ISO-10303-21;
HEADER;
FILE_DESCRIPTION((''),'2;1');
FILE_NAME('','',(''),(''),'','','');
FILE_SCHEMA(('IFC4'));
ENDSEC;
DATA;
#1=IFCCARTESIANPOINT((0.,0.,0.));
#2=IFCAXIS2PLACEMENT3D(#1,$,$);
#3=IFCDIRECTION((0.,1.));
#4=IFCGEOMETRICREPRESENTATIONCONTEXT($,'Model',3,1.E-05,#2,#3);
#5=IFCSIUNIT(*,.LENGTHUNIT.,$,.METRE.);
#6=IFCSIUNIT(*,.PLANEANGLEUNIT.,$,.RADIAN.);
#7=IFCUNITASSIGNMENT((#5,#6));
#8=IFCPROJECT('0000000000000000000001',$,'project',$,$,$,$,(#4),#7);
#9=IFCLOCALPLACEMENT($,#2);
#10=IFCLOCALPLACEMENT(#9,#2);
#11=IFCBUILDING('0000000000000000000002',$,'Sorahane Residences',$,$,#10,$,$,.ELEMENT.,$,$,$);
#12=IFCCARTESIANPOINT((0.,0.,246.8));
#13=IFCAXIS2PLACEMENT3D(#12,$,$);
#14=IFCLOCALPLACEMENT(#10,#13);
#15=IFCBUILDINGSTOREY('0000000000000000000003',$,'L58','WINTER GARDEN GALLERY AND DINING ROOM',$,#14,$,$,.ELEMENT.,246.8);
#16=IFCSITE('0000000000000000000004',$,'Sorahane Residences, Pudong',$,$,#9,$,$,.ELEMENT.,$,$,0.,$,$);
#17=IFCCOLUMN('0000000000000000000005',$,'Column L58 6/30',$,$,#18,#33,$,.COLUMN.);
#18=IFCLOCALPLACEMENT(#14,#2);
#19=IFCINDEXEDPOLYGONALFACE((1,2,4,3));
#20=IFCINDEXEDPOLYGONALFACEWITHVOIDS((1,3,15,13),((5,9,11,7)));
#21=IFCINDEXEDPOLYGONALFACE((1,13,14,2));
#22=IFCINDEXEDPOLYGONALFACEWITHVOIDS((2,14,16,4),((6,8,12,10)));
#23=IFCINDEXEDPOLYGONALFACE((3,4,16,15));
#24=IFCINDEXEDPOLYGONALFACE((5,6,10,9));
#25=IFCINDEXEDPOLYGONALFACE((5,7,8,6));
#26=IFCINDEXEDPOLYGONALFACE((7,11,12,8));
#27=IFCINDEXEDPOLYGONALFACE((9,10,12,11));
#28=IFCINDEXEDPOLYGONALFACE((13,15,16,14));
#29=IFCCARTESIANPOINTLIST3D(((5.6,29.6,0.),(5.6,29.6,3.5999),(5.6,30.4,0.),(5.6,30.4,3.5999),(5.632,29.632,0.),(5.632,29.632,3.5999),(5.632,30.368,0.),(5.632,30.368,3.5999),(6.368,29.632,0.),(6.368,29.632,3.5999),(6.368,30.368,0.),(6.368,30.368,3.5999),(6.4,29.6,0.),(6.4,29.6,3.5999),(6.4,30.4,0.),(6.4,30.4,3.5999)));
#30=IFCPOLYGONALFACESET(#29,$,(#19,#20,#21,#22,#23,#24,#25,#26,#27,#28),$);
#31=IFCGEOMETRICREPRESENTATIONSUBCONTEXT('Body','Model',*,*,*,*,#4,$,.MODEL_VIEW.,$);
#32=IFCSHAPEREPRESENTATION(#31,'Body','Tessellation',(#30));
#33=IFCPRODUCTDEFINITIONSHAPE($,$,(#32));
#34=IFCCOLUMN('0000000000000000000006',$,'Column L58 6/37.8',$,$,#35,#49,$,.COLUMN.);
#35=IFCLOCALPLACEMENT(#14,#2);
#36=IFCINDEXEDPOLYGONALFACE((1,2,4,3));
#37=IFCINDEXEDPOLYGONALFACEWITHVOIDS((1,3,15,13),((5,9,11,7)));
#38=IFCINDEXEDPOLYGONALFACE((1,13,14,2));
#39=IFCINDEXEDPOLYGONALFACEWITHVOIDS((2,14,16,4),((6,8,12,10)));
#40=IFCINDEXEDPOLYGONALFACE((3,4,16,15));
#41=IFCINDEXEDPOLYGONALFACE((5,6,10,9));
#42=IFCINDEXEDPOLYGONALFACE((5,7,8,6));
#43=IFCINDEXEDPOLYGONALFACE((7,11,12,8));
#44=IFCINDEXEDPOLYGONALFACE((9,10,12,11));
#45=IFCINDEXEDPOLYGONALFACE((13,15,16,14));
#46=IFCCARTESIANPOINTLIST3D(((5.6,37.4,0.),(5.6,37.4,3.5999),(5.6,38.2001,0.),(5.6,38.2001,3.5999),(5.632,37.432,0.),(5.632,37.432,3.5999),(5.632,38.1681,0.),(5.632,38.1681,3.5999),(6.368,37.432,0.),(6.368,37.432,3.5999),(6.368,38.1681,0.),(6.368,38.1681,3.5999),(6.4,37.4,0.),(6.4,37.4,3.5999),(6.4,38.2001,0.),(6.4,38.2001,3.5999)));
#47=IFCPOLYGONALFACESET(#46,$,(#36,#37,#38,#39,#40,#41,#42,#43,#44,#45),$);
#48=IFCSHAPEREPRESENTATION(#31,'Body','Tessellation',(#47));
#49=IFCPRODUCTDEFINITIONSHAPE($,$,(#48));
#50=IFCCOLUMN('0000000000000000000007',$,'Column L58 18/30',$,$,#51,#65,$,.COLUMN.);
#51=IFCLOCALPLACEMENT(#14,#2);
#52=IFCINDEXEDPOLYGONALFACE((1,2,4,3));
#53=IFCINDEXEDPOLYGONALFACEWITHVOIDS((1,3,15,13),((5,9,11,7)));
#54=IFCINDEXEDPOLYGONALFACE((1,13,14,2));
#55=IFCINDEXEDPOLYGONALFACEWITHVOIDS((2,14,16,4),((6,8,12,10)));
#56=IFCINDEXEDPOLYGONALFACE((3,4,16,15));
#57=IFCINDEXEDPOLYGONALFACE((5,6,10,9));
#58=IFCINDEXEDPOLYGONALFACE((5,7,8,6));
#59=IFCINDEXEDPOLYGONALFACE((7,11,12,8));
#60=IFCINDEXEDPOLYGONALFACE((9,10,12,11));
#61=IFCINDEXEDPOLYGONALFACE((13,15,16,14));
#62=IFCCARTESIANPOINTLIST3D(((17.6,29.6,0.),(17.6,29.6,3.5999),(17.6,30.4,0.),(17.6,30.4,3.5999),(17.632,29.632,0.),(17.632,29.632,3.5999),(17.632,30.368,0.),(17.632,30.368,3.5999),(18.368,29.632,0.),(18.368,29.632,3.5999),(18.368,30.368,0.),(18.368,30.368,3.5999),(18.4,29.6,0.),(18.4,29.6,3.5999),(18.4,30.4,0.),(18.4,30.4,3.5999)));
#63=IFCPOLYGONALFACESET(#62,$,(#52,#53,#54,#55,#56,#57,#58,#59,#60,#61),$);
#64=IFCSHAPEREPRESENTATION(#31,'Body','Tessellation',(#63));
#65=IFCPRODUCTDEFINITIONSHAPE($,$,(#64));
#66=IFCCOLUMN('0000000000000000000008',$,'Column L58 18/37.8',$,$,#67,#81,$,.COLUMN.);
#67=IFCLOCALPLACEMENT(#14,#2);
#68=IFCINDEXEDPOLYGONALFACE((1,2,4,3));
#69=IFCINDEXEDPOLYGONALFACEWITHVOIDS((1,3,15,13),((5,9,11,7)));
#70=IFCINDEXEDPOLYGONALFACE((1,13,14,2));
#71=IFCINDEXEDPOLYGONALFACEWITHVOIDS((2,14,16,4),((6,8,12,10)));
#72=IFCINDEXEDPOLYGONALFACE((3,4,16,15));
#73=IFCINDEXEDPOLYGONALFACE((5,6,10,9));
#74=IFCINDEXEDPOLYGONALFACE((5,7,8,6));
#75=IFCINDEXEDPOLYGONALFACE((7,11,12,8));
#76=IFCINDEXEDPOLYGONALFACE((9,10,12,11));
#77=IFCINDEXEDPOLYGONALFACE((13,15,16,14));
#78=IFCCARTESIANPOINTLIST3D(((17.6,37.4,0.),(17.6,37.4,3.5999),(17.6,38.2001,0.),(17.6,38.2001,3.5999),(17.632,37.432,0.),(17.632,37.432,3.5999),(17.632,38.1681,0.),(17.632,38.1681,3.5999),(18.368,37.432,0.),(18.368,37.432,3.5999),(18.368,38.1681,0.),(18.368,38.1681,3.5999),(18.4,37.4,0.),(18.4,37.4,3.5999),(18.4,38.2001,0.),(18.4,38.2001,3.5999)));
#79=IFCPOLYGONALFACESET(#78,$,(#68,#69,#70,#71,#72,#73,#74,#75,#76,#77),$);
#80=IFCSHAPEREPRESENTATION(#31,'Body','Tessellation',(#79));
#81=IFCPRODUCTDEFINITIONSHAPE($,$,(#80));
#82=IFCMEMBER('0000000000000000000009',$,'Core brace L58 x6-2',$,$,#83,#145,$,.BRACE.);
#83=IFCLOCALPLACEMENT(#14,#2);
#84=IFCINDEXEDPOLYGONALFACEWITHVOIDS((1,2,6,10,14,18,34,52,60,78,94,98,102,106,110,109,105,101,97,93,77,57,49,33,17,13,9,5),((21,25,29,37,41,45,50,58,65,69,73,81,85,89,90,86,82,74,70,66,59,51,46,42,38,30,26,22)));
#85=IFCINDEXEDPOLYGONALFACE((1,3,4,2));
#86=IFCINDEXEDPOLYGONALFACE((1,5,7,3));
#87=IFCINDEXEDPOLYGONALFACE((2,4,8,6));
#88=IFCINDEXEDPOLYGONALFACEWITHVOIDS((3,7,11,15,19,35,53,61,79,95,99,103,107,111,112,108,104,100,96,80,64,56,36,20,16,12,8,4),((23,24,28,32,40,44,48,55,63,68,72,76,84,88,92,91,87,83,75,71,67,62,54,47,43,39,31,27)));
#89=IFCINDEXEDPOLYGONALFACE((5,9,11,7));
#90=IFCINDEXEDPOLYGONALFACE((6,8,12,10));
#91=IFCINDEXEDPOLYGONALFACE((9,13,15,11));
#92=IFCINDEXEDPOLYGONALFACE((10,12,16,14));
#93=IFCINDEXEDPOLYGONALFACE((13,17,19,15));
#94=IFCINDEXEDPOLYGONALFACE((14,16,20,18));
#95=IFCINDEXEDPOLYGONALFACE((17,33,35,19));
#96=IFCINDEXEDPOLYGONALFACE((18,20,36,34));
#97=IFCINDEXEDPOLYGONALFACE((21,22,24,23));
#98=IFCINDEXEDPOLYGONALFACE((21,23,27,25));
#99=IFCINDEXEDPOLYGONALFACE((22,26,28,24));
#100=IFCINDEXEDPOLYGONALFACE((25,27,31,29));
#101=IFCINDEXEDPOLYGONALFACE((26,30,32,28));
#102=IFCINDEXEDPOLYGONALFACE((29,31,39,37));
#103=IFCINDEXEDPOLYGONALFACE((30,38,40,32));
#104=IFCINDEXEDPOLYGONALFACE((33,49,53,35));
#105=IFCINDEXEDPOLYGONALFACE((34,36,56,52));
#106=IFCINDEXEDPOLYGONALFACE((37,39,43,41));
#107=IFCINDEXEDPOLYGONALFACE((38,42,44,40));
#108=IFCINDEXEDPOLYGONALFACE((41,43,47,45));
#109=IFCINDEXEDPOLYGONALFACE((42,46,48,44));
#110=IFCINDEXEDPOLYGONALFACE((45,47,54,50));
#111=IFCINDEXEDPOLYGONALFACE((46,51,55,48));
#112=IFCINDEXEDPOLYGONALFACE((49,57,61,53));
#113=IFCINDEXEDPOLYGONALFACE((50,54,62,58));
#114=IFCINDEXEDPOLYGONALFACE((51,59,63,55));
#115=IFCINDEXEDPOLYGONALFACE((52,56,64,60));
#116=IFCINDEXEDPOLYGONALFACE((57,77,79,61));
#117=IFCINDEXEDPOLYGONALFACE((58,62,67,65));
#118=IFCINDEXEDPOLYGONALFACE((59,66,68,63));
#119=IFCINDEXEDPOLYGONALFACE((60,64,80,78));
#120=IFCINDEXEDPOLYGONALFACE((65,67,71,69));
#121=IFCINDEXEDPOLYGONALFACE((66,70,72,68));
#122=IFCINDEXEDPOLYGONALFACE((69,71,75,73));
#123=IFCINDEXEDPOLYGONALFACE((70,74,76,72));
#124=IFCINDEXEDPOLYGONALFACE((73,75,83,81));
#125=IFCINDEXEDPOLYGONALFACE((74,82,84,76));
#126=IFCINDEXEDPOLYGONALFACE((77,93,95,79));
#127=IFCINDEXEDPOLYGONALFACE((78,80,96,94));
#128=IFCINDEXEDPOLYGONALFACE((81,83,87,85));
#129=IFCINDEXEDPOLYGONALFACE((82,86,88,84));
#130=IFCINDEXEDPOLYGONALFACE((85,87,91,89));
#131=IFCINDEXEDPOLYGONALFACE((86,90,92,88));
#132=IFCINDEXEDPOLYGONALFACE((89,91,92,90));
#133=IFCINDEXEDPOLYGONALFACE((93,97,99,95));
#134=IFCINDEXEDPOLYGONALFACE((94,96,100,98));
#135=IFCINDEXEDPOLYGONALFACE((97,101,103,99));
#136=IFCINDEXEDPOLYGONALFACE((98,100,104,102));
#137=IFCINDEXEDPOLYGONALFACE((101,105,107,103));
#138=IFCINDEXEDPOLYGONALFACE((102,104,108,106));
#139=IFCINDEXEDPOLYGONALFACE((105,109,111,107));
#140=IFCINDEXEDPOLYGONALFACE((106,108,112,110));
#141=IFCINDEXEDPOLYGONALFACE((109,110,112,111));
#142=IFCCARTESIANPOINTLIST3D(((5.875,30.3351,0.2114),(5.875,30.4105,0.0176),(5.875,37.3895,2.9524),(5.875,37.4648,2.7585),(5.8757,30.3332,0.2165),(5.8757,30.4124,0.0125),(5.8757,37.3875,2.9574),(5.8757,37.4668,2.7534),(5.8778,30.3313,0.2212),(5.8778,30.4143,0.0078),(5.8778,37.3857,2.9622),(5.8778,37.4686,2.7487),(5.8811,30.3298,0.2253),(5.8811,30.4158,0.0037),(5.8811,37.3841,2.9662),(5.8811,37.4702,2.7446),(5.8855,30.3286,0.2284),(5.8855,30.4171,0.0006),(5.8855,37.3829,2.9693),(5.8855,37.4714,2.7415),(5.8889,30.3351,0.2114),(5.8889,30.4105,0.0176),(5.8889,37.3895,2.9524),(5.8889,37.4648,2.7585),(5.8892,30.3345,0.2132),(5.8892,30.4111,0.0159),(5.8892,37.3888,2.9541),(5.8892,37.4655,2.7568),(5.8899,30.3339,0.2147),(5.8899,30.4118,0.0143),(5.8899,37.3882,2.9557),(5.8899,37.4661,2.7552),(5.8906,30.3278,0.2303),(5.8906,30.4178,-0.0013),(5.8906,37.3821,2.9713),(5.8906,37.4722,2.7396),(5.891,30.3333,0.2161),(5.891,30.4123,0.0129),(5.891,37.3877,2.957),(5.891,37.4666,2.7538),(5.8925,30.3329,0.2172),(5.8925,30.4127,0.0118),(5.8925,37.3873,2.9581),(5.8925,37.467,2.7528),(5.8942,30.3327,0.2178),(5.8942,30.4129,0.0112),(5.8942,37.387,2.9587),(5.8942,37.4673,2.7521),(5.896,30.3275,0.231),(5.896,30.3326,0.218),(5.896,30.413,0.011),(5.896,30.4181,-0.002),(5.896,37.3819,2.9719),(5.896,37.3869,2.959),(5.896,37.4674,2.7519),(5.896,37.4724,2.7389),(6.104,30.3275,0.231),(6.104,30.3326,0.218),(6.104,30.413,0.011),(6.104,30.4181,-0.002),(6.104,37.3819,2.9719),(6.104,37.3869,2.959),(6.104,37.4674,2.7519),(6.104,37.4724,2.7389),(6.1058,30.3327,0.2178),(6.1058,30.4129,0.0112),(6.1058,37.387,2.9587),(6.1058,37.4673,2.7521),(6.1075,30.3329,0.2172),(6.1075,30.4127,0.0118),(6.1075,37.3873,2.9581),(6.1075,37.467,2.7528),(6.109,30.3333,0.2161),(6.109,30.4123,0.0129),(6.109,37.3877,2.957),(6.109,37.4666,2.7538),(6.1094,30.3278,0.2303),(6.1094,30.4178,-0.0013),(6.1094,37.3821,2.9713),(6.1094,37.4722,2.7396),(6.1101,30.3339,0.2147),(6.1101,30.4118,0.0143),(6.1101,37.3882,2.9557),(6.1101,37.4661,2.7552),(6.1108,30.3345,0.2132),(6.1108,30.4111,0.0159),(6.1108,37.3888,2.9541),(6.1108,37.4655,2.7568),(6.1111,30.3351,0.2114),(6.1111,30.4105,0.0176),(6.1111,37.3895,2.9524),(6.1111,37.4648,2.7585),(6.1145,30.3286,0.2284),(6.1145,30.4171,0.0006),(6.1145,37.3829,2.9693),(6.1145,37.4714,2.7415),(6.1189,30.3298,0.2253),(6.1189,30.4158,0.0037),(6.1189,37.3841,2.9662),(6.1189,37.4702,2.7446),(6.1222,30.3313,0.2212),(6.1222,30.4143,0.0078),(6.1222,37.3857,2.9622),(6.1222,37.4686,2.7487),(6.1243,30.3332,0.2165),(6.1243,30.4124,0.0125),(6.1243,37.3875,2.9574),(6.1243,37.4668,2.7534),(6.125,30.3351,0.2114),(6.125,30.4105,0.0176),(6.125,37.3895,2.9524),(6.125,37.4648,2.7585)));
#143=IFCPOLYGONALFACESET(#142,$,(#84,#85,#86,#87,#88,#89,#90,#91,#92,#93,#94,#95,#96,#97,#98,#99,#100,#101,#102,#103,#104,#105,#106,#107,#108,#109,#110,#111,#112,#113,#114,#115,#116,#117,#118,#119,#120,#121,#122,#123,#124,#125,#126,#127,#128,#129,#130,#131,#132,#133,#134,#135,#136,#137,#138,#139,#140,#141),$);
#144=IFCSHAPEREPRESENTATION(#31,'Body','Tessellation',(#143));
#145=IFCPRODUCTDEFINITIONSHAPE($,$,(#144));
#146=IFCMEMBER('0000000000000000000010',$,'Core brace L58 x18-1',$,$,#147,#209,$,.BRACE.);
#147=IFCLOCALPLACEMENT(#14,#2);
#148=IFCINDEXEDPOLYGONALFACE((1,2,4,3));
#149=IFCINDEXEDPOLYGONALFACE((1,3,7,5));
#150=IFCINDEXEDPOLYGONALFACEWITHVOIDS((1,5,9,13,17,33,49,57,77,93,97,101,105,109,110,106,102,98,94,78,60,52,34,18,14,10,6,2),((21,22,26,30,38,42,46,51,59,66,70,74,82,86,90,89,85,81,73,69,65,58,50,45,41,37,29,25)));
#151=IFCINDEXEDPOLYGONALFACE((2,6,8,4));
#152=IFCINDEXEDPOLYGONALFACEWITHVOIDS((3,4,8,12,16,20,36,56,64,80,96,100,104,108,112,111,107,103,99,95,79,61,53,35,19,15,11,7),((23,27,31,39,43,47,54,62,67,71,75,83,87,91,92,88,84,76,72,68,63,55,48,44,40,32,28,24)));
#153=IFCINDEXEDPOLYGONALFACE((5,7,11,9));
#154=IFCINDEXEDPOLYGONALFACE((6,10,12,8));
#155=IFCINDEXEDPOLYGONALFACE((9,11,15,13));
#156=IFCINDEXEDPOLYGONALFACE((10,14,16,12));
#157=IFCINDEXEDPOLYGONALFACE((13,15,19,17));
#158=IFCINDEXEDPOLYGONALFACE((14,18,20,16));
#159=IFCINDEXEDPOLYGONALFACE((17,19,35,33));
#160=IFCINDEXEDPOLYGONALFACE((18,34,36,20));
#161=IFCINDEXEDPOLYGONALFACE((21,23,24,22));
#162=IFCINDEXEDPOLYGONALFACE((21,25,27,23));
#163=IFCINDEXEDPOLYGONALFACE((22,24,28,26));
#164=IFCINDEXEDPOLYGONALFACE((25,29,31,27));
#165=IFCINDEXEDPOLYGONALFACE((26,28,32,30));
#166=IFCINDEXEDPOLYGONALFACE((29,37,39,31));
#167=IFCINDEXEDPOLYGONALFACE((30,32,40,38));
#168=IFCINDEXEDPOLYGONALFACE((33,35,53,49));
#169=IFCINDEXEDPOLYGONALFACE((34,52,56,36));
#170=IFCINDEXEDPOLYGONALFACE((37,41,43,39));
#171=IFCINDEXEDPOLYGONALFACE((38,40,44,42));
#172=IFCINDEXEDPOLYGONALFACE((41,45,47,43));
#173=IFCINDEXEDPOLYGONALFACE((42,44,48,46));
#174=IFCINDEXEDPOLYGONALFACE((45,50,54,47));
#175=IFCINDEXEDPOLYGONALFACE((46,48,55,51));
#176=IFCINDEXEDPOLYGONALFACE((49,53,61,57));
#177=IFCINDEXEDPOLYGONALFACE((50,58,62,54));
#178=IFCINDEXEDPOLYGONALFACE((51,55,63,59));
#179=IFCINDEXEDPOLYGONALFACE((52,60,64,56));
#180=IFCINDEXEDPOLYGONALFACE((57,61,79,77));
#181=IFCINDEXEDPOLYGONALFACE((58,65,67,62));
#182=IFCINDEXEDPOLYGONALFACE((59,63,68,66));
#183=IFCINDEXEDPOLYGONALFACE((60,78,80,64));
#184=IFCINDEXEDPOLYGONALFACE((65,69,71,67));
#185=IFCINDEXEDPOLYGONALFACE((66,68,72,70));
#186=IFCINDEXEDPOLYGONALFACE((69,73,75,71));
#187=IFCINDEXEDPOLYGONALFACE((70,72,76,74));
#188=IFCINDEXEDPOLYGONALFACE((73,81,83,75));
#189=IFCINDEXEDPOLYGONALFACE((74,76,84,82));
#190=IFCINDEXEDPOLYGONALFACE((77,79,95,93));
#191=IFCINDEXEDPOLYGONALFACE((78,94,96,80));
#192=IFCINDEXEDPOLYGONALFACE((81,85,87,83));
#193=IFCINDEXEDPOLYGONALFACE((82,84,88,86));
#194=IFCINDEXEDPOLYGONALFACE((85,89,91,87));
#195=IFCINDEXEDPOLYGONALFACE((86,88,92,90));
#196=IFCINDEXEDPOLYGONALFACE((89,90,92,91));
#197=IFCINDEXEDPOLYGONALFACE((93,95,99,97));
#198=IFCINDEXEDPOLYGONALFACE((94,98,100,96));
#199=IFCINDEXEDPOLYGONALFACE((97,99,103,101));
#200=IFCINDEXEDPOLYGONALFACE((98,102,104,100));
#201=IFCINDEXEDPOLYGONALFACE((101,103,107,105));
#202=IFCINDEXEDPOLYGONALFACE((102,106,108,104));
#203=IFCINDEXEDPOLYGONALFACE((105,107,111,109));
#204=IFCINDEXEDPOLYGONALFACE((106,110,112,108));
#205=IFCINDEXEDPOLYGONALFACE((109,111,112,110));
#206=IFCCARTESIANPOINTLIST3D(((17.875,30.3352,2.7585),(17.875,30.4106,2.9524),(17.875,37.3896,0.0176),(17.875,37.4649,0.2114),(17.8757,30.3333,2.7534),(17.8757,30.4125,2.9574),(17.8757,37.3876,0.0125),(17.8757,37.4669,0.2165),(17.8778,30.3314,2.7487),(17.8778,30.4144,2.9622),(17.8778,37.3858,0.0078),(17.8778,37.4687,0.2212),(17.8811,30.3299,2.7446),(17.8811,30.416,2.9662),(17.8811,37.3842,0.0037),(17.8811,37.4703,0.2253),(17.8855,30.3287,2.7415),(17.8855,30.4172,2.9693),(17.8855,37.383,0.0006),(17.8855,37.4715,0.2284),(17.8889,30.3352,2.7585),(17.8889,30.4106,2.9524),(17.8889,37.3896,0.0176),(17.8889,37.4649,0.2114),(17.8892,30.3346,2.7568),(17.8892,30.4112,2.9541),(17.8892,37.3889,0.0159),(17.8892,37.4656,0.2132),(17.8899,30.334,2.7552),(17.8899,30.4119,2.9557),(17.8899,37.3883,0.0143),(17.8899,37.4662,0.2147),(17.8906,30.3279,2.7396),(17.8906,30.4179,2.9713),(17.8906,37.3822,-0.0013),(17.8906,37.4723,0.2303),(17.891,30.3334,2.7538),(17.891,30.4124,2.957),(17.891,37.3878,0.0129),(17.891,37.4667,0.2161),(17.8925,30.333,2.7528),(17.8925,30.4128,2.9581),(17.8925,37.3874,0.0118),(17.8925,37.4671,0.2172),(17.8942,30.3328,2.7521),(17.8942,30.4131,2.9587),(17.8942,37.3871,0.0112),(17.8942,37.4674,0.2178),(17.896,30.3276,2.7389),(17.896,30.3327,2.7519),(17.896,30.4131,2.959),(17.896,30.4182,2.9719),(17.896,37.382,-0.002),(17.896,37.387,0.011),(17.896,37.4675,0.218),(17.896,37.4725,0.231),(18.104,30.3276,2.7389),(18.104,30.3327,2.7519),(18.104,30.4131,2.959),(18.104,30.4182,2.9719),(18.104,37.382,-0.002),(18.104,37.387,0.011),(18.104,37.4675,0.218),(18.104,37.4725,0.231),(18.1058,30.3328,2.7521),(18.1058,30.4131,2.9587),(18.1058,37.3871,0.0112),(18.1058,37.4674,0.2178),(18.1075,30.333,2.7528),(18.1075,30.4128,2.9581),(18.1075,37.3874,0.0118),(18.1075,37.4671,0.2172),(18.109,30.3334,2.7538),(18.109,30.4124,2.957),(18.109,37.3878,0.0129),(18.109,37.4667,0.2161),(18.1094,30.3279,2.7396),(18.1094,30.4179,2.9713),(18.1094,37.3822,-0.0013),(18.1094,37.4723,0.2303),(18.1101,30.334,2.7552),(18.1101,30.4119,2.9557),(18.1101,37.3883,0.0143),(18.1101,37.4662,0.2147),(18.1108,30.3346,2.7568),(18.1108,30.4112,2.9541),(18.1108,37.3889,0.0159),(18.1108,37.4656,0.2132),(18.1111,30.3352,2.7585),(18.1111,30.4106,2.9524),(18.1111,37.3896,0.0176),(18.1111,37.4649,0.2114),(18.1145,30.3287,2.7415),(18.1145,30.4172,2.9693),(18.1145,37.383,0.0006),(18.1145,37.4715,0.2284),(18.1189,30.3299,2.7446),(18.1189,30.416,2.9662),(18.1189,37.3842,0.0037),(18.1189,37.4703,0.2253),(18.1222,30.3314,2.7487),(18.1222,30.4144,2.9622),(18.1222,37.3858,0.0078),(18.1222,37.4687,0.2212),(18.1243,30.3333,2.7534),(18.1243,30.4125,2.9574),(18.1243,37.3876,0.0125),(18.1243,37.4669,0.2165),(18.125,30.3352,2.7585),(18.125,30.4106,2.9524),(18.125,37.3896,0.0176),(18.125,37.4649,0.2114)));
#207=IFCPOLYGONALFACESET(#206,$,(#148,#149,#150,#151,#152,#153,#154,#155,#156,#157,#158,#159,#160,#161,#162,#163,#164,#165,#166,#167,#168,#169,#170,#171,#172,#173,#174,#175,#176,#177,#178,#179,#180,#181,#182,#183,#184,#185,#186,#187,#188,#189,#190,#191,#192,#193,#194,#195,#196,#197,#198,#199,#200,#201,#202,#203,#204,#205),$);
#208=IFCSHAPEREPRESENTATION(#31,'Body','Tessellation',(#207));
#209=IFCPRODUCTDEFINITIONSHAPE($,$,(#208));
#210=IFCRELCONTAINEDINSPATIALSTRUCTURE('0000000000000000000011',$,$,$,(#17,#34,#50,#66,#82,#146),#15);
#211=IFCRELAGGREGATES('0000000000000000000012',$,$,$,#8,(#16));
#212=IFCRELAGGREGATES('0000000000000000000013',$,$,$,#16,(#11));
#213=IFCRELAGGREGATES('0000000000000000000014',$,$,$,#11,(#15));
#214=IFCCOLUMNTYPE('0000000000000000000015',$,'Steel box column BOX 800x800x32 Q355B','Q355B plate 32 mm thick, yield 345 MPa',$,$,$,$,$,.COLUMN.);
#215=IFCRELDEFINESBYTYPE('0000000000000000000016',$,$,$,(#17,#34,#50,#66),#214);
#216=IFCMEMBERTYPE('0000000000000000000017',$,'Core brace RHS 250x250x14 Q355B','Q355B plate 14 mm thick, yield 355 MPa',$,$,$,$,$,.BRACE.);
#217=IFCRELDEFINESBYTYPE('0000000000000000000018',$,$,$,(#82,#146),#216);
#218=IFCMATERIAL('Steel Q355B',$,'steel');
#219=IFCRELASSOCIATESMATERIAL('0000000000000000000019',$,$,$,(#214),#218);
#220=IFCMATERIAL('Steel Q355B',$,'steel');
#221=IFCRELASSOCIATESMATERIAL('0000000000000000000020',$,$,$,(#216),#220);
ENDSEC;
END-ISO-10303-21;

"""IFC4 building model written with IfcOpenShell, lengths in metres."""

from ifc_helpers import new_model, si_unit, direction, frame, origin, origin_2d, place, context, subcontext, project, spatial, hollow_rectangle, extrude, material, material_profile, profile_set, type_object, element, save


model = new_model("IFC4")

# Units and contexts
model_context = context("Model", 3, precision=1e-05, world=origin(), true_north=direction((0.0, 1.0)))
body_context = subcontext(model_context, "Body", "Model", "MODEL_VIEW")
ifc_project = project(units=[si_unit("LENGTHUNIT", "METRE"), si_unit("PLANEANGLEUNIT", "RADIAN")], contexts=[model_context])

# Site, building, storey
site_placement = place(None, origin())
site = spatial("IfcSite", under=ifc_project, at=site_placement, Name="Sorahane Residences, Pudong", CompositionType="ELEMENT", RefElevation=0.0)
building_placement = place(site_placement, origin())
building = spatial("IfcBuilding", under=site, at=building_placement, Name="Sorahane Residences", CompositionType="ELEMENT")
storey_placement = place(building_placement, frame((0.0, 0.0, 246.8)))
storey = spatial("IfcBuildingStorey", under=building, at=storey_placement, Name="L58", Description="WINTER GARDEN GALLERY AND DINING ROOM", CompositionType="ELEMENT", Elevation=246.8)

# Columns
ifc_material_1 = material(Name="Steel Q355B", Category="steel")
ifc_material_profile_1 = material_profile(ifc_material_1, hollow_rectangle(XDim=0.8, YDim=0.8, WallThickness=0.032, at=origin_2d()), Name="BOX 800x800x32")
ifc_profile_set_1 = profile_set([ifc_material_profile_1], Name="Steel Q355B")
column_type = type_object("IfcColumnType", Name="Steel box column BOX 800x800x32 Q355B", Description="Q355B plate 32 mm thick, yield 345 MPa", PredefinedType="COLUMN", material=ifc_profile_set_1)
for number, where, z_axis, x_axis, name in (
    (1, (6.0, 30.0, 0.0), (0.0, 0.0, 1.0), (1.0, 0.0, 0.0), "Column L58 6/30"),
    (2, (6.0, 37.8, 0.0), (0.0, 0.0, 1.0), (1.0, 0.0, 0.0), "Column L58 6/37.8"),
    (3, (18.0, 30.0, 0.0), (0.0, 0.0, 1.0), (1.0, 0.0, 0.0), "Column L58 18/30"),
    (4, (18.0, 37.8, 0.0), (0.0, 0.0, 1.0), (1.0, 0.0, 0.0), "Column L58 18/37.8"),
):
    element("IfcColumn", number, at=place(storey_placement, frame(where, z_axis=z_axis, x_axis=x_axis)), inside=storey, type_object=column_type, Name=name, PredefinedType="COLUMN", context=body_context, shape_type="SweptSolid", body=[
        extrude(hollow_rectangle(XDim=0.8, YDim=0.8, WallThickness=0.032, at=origin_2d()), origin(), (0.0, 0.0, 1.0), 3.5999),
    ])

# Members
ifc_material_2 = material(Name="Steel Q355B", Category="steel")
ifc_material_profile_2 = material_profile(ifc_material_2, hollow_rectangle(XDim=0.25, YDim=0.25, WallThickness=0.0139, InnerFilletRadius=0.0071, OuterFilletRadius=0.021, at=origin_2d()), Name="RHS 250x250x14")
ifc_profile_set_2 = profile_set([ifc_material_profile_2], Name="Steel Q355B")
member_type = type_object("IfcMemberType", Name="Core brace RHS 250x250x14 Q355B", Description="Q355B plate 14 mm thick, yield 355 MPa", PredefinedType="BRACE", material=ifc_profile_set_2)
for number, where, z_axis, x_axis, name in (
    (5, (6.0, 30.3728, 0.1145), (0.0, 0.932113, 0.362168), (-1.0, 0.0, 0.0), "Core brace L58 x6-2"),
    (6, (18.0, 37.4272, 0.1145), (0.0, -0.932113, 0.362168), (1.0, 0.0, 0.0), "Core brace L58 x18-1"),
):
    element("IfcMember", number, at=place(storey_placement, frame(where, z_axis=z_axis, x_axis=x_axis)), inside=storey, type_object=member_type, Name=name, PredefinedType="BRACE", context=body_context, shape_type="SweptSolid", body=[
        extrude(hollow_rectangle(XDim=0.25, YDim=0.25, WallThickness=0.0139, InnerFilletRadius=0.0071, OuterFilletRadius=0.021, at=origin_2d()), origin(), (0.0, 0.0, 1.0), 7.5681),
    ])

save(model, "model.ifc")
